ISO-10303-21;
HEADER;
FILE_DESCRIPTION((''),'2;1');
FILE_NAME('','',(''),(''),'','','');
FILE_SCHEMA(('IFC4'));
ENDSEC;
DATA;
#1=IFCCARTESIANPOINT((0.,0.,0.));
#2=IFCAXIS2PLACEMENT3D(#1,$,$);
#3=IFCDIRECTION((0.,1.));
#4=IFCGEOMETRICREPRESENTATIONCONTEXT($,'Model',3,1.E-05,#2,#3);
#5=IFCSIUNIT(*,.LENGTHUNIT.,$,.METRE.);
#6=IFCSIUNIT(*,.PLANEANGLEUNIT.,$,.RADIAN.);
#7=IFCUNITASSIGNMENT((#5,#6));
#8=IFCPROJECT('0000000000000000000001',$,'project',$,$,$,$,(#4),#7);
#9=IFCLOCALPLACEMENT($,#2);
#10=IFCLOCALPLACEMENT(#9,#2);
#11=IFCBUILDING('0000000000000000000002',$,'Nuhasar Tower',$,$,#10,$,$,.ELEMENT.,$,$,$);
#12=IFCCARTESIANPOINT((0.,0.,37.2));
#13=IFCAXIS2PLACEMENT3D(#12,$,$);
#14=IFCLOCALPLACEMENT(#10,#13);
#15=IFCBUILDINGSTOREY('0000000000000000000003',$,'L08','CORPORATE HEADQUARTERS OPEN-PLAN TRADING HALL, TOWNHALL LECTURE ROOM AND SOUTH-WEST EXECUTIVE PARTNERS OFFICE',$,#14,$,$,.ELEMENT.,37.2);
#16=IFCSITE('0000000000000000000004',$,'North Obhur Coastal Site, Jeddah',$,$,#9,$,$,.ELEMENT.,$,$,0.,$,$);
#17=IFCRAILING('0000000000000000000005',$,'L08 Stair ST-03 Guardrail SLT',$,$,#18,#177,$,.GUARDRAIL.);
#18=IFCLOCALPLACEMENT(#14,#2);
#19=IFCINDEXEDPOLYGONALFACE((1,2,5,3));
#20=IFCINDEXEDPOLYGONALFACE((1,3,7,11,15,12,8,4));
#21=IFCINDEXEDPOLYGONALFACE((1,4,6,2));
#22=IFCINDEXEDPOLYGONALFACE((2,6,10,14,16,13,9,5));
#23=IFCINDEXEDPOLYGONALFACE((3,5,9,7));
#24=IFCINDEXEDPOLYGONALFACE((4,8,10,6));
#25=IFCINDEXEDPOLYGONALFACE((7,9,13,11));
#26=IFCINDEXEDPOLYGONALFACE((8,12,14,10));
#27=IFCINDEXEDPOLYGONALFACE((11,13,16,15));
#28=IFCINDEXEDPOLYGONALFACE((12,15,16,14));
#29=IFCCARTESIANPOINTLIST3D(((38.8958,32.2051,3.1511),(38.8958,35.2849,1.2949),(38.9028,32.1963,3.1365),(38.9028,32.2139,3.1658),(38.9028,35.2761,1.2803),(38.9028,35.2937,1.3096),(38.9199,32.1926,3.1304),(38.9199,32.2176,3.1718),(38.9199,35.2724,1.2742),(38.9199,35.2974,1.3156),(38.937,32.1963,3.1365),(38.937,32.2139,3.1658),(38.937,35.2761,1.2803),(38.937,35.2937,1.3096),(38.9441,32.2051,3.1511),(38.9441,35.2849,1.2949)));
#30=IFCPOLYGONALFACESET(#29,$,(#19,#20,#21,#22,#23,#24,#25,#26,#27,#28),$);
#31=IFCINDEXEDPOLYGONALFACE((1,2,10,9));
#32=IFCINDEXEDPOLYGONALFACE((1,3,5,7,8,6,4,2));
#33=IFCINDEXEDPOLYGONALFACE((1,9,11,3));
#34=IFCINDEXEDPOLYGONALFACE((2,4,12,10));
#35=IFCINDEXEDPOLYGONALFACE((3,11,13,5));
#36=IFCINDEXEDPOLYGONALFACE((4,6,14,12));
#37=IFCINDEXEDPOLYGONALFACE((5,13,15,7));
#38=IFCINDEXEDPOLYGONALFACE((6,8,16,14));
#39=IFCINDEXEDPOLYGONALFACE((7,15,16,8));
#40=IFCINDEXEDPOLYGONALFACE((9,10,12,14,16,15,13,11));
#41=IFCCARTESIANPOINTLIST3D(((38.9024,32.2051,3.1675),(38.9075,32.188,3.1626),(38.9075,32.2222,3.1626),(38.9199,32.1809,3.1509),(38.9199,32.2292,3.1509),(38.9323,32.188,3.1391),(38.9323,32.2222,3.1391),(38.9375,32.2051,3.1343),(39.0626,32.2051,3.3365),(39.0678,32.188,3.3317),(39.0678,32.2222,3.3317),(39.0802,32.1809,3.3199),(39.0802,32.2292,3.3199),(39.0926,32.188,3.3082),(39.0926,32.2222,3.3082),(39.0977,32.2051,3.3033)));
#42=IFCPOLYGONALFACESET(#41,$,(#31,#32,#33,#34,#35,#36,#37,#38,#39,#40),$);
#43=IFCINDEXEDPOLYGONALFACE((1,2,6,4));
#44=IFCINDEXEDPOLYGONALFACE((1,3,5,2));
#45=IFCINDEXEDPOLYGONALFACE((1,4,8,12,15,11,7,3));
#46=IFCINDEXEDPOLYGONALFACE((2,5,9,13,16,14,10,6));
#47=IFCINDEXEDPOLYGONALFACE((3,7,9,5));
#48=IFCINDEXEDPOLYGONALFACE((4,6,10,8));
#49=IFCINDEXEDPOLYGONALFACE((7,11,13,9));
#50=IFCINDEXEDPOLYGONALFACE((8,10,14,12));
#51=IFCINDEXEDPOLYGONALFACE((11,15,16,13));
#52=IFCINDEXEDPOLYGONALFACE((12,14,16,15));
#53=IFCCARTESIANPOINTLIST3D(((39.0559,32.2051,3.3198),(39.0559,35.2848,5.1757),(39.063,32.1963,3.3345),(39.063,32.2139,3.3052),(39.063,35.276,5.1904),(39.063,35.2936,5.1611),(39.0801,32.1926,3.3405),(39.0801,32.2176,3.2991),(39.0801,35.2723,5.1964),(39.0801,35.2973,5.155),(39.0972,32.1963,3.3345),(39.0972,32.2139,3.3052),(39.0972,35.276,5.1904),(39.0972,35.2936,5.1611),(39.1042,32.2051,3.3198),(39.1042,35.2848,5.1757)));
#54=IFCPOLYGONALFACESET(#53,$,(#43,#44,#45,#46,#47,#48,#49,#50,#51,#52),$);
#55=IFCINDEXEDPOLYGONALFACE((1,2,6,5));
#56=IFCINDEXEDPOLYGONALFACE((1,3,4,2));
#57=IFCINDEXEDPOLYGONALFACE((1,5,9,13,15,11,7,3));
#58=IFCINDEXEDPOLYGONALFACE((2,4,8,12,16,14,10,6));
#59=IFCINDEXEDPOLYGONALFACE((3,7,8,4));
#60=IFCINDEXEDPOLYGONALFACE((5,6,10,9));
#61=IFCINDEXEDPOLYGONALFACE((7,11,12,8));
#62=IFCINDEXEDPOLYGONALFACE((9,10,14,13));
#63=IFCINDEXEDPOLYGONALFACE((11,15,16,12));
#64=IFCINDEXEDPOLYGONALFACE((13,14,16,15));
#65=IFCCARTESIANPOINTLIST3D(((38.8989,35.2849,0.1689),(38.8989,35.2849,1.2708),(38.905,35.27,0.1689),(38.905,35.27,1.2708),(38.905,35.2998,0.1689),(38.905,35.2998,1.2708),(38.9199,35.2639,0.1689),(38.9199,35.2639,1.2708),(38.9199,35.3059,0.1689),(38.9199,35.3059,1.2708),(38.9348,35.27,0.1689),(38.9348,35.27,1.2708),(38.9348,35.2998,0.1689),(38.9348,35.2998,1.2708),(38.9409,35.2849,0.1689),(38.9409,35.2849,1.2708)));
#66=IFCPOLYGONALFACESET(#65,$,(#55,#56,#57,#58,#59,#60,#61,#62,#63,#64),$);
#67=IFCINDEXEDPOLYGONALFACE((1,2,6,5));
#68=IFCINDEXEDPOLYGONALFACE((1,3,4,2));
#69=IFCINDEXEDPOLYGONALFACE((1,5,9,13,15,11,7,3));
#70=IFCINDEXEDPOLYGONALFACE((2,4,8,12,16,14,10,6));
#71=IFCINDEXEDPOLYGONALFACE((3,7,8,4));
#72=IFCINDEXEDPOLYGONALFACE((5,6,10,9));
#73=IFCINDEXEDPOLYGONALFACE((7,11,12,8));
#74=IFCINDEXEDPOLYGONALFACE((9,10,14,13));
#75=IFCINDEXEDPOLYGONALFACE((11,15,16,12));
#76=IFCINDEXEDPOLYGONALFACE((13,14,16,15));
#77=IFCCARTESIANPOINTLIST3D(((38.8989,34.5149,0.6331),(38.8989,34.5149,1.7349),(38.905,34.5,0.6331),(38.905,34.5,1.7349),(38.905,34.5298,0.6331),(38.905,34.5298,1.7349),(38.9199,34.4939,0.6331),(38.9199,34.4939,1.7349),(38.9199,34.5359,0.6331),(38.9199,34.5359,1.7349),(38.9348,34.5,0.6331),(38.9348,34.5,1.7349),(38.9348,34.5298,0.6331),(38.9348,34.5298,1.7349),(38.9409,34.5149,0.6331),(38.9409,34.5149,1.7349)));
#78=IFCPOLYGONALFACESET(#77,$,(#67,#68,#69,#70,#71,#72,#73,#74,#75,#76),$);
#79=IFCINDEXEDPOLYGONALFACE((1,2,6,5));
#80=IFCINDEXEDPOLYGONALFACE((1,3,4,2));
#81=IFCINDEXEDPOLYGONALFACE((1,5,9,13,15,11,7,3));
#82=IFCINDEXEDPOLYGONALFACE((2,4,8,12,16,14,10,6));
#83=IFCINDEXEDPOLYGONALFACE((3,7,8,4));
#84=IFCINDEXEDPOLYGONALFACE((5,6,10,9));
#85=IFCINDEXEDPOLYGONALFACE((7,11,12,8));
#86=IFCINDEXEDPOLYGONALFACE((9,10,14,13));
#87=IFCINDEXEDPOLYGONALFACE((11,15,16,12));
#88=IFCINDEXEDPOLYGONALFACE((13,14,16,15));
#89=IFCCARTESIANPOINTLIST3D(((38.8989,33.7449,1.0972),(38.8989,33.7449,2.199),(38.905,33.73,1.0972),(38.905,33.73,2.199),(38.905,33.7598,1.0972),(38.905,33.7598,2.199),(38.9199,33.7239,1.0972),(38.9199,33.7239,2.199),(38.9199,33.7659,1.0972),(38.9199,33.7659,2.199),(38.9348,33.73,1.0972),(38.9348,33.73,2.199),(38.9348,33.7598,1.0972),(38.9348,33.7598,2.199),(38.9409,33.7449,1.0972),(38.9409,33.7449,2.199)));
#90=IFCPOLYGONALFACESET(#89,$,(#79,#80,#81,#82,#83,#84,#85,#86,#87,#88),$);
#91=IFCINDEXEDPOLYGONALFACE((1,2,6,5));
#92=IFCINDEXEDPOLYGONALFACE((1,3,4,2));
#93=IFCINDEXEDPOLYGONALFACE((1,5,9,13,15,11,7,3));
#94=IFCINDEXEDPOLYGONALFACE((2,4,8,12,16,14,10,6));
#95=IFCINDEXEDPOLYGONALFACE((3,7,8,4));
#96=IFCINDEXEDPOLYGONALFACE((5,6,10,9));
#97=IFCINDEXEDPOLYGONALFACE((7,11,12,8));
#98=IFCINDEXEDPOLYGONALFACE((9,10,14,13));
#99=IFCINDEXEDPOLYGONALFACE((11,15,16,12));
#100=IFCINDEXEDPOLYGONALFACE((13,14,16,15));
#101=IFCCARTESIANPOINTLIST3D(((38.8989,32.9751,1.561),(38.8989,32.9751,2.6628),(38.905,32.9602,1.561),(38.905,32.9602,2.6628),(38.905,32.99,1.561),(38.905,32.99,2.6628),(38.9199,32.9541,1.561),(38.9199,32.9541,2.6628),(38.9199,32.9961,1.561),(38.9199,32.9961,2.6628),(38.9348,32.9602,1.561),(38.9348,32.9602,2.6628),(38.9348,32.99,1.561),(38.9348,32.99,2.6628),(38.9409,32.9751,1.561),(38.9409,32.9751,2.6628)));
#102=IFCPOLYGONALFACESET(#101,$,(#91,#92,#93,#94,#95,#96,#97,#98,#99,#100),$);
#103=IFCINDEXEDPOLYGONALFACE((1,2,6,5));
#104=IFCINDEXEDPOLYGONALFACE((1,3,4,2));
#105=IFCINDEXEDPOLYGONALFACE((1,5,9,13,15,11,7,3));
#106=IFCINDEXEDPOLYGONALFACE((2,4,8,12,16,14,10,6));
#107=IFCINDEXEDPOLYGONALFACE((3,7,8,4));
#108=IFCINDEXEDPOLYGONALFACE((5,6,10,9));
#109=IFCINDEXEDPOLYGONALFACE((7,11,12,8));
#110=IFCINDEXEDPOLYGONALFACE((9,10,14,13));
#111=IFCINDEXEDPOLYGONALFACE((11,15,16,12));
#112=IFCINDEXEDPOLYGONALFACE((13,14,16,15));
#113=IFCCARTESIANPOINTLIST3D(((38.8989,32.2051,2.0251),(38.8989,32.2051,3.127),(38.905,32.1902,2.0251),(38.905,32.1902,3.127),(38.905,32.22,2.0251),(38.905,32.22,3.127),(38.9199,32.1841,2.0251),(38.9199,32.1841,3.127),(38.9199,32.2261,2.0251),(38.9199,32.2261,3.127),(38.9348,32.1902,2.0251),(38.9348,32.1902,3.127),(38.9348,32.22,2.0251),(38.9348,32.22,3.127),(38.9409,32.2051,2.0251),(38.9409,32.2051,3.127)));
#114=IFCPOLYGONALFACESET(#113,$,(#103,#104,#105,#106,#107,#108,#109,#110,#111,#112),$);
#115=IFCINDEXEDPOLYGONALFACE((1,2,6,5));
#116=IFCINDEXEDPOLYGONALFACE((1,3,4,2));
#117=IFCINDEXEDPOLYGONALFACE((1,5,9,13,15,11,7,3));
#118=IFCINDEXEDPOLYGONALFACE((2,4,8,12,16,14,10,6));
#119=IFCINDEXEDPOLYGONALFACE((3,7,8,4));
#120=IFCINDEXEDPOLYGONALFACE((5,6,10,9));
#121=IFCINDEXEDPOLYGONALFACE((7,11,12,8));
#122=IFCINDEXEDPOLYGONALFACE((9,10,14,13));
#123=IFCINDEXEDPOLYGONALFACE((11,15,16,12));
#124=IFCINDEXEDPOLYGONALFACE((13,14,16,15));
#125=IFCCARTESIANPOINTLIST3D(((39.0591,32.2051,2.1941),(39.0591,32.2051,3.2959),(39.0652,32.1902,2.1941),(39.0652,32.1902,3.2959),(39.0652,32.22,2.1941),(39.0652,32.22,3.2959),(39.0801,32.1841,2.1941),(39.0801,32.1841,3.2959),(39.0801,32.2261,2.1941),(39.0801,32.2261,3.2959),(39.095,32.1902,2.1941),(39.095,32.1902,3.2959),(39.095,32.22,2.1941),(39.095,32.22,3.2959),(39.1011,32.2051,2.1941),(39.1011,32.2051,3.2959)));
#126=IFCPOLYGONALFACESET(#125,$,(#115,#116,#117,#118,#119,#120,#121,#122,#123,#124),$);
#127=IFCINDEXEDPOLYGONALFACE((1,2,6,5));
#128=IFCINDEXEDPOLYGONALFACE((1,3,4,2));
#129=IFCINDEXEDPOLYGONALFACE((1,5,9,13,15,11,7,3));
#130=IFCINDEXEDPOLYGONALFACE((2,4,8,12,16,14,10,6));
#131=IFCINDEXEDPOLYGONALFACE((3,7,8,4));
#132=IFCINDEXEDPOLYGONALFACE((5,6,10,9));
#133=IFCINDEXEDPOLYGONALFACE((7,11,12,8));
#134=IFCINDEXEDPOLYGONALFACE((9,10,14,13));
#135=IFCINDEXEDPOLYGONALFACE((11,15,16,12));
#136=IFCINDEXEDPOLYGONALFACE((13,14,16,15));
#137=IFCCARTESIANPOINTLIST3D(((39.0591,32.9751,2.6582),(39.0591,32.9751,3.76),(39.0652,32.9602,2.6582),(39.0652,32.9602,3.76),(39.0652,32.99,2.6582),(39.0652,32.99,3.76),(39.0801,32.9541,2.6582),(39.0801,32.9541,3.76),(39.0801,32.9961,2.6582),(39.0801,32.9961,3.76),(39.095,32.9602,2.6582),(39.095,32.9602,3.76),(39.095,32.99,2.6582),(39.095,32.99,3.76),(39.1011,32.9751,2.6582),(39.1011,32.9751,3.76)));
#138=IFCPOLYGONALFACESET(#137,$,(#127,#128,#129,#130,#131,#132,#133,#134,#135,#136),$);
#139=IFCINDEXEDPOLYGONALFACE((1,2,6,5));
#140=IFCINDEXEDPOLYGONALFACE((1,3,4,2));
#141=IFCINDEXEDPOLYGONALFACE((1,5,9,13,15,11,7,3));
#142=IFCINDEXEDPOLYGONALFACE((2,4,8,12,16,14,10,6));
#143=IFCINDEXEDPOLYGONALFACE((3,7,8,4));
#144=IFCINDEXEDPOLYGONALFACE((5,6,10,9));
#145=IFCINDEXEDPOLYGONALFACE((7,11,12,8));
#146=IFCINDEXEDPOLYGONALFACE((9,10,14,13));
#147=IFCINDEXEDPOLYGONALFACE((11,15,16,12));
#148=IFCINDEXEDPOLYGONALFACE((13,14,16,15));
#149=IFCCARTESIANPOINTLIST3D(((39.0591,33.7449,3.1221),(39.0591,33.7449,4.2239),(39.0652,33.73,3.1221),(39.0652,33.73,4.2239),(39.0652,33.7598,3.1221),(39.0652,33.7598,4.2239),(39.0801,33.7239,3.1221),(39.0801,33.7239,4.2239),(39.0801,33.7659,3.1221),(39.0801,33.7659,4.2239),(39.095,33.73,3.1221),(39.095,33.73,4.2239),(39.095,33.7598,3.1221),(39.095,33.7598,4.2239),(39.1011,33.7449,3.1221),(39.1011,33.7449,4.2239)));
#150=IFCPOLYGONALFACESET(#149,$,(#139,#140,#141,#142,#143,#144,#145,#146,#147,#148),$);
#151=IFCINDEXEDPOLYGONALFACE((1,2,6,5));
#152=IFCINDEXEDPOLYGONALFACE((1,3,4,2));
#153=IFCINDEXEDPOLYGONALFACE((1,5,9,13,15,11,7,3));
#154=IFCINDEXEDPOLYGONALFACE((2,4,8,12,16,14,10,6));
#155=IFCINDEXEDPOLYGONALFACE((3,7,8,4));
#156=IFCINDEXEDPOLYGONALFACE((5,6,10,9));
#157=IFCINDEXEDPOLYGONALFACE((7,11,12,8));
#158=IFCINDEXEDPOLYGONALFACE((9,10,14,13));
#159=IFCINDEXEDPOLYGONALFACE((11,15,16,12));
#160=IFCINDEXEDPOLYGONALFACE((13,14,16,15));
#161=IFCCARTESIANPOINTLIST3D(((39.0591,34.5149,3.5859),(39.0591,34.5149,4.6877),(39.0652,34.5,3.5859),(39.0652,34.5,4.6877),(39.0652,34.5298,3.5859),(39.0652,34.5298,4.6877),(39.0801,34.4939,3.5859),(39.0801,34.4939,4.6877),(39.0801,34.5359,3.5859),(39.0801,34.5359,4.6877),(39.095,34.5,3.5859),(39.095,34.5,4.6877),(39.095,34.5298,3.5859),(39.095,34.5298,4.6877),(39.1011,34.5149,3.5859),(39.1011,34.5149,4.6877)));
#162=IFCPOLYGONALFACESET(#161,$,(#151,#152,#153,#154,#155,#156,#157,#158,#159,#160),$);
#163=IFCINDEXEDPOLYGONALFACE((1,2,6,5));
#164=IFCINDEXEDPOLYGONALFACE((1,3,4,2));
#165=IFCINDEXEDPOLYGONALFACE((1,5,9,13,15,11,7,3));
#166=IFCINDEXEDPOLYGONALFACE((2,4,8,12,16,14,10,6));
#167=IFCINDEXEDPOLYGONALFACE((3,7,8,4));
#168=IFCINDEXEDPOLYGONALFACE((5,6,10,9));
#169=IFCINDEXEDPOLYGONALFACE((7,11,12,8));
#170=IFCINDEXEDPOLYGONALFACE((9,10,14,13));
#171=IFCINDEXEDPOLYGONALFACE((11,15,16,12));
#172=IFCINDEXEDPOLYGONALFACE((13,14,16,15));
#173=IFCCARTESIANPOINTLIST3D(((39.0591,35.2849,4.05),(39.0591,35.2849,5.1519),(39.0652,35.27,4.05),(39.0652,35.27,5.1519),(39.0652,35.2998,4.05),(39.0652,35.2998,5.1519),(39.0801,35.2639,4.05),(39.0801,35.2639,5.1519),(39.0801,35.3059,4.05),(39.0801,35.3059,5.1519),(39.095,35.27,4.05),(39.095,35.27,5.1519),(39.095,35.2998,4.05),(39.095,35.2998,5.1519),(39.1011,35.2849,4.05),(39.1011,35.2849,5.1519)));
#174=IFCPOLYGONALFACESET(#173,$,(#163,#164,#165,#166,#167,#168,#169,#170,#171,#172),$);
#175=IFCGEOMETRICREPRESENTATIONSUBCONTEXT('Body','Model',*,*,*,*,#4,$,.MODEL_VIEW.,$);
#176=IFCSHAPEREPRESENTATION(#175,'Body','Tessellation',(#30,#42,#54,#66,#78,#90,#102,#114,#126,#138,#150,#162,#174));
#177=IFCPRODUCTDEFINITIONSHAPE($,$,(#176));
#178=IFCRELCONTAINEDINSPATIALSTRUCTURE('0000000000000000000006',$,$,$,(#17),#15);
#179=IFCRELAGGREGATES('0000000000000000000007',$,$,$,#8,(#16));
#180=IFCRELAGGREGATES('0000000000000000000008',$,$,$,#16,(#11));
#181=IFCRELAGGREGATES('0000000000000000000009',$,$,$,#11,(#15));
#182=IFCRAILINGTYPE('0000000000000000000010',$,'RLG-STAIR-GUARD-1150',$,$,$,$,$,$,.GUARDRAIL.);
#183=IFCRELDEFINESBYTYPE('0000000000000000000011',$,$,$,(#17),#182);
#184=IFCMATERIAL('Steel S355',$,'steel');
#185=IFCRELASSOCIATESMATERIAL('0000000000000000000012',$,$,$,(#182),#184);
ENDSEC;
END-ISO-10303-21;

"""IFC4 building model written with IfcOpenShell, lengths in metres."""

from ifc_helpers import new_model, si_unit, direction, frame, origin, place, context, subcontext, project, spatial, polyline, outline, extrude, material, type_object, element, save


model = new_model("IFC4")

# Units and contexts
model_context = context("Model", 3, precision=1e-05, world=origin(), true_north=direction((0.0, 1.0)))
body_context = subcontext(model_context, "Body", "Model", "MODEL_VIEW")
ifc_project = project(units=[si_unit("LENGTHUNIT", "METRE"), si_unit("PLANEANGLEUNIT", "RADIAN")], contexts=[model_context])

# Site, building, storey
site_placement = place(None, origin())
site = spatial("IfcSite", under=ifc_project, at=site_placement, Name="North Obhur Coastal Site, Jeddah", CompositionType="ELEMENT", RefElevation=0.0)
building_placement = place(site_placement, origin())
building = spatial("IfcBuilding", under=site, at=building_placement, Name="Nuhasar Tower", CompositionType="ELEMENT")
storey_placement = place(building_placement, frame((0.0, 0.0, 37.2)))
storey = spatial("IfcBuildingStorey", under=building, at=storey_placement, Name="L08", Description="CORPORATE HEADQUARTERS OPEN-PLAN TRADING HALL, TOWNHALL LECTURE ROOM AND SOUTH-WEST EXECUTIVE PARTNERS OFFICE", CompositionType="ELEMENT", Elevation=37.2)

# Shared definitions
ifc_material_1 = material(Name="Steel S355", Category="steel")

# Railing
railing_type_1 = type_object("IfcRailingType", Name="RLG-STAIR-GUARD-1150", PredefinedType="GUARDRAIL", material=ifc_material_1)
railing_1_placement = place(storey_placement, frame((38.9199, 35.2849, 0.1689)))
element("IfcRailing", 1, at=railing_1_placement, inside=storey, type_object=railing_type_1, Name="L08 Stair ST-03 Guardrail SLT", PredefinedType="GUARDRAIL", context=body_context, shape_type="SweptSolid", body=[
    extrude(outline(polyline([(0.0242, 0.0), (0.0171, 0.0171), (0.0, 0.0242), (-0.0171, 0.0171), (-0.0242, 0.0), (-0.0171, -0.0171), (0.0, -0.0242), (0.0171, -0.0171), (0.0242, 0.0)])), frame((0.0, 0.0, 1.126), z_axis=(0.0, -0.856473, 0.516192), x_axis=(1.0, 0.0, 0.0)), (0.0, 0.0, 1.0), 3.5959),
    extrude(outline(polyline([(0.0242, 0.0), (0.0171, 0.0171), (0.0, 0.0242), (-0.0171, 0.0171), (-0.0242, 0.0), (-0.0171, -0.0171), (0.0, -0.0242), (0.0171, -0.0171), (0.0242, 0.0)])), frame((0.0, -3.0798, 2.9819), z_axis=(0.687977, 0.0, 0.725732), x_axis=(0.0, 1.0, 0.0)), (0.0, 0.0, 1.0), 0.2329),
    extrude(outline(polyline([(0.0242, 0.0), (0.0171, 0.0171), (0.0, 0.0242), (-0.0171, 0.0171), (-0.0242, 0.0), (-0.0171, -0.0171), (0.0, -0.0242), (0.0171, -0.0171), (0.0242, 0.0)])), frame((0.1602, -3.0798, 3.1509), z_axis=(0.0, 0.856503, 0.516142), x_axis=(-1.0, 0.0, 0.0)), (0.0, 0.0, 1.0), 3.5957),
    extrude(outline(polyline([(0.021, 0.0), (0.0149, 0.0149), (0.0, 0.021), (-0.0149, 0.0149), (-0.021, 0.0), (-0.0149, -0.0149), (0.0, -0.021), (0.0149, -0.0149), (0.021, 0.0)])), origin(), (0.0, 0.0, 1.0), 1.1018),
    extrude(outline(polyline([(0.021, 0.0), (0.0149, 0.0149), (0.0, 0.021), (-0.0149, 0.0149), (-0.021, 0.0), (-0.0149, -0.0149), (0.0, -0.021), (0.0149, -0.0149), (0.021, 0.0)])), frame((0.0, -0.77, 0.4641)), (0.0, 0.0, 1.0), 1.1018),
    extrude(outline(polyline([(0.021, 0.0), (0.0149, 0.0149), (0.0, 0.021), (-0.0149, 0.0149), (-0.021, 0.0), (-0.0149, -0.0149), (0.0, -0.021), (0.0149, -0.0149), (0.021, 0.0)])), frame((0.0, -1.54, 0.9282)), (0.0, 0.0, 1.0), 1.1018),
    extrude(outline(polyline([(0.021, 0.0), (0.0149, 0.0149), (0.0, 0.021), (-0.0149, 0.0149), (-0.021, 0.0), (-0.0149, -0.0149), (0.0, -0.021), (0.0149, -0.0149), (0.021, 0.0)])), frame((0.0, -2.3098, 1.3921)), (0.0, 0.0, 1.0), 1.1018),
    extrude(outline(polyline([(0.021, 0.0), (0.0149, 0.0149), (0.0, 0.021), (-0.0149, 0.0149), (-0.021, 0.0), (-0.0149, -0.0149), (0.0, -0.021), (0.0149, -0.0149), (0.021, 0.0)])), frame((0.0, -3.0798, 1.8562)), (0.0, 0.0, 1.0), 1.1018),
    extrude(outline(polyline([(0.021, 0.0), (0.0149, 0.0149), (0.0, 0.021), (-0.0149, 0.0149), (-0.021, 0.0), (-0.0149, -0.0149), (0.0, -0.021), (0.0149, -0.0149), (0.021, 0.0)])), frame((0.1602, -3.0798, 2.0251)), (0.0, 0.0, 1.0), 1.1018),
    extrude(outline(polyline([(0.021, 0.0), (0.0149, 0.0149), (0.0, 0.021), (-0.0149, 0.0149), (-0.021, 0.0), (-0.0149, -0.0149), (0.0, -0.021), (0.0149, -0.0149), (0.021, 0.0)])), frame((0.1602, -2.3098, 2.4893)), (0.0, 0.0, 1.0), 1.1018),
    extrude(outline(polyline([(0.021, 0.0), (0.0149, 0.0149), (0.0, 0.021), (-0.0149, 0.0149), (-0.021, 0.0), (-0.0149, -0.0149), (0.0, -0.021), (0.0149, -0.0149), (0.021, 0.0)])), frame((0.1602, -1.54, 2.9531)), (0.0, 0.0, 1.0), 1.1018),
    extrude(outline(polyline([(0.021, 0.0), (0.0149, 0.0149), (0.0, 0.021), (-0.0149, 0.0149), (-0.021, 0.0), (-0.0149, -0.0149), (0.0, -0.021), (0.0149, -0.0149), (0.021, 0.0)])), frame((0.1602, -0.77, 3.417)), (0.0, 0.0, 1.0), 1.1018),
    extrude(outline(polyline([(0.021, 0.0), (0.0149, 0.0149), (0.0, 0.021), (-0.0149, 0.0149), (-0.021, 0.0), (-0.0149, -0.0149), (0.0, -0.021), (0.0149, -0.0149), (0.021, 0.0)])), frame((0.1602, 0.0, 3.8811)), (0.0, 0.0, 1.0), 1.1018),
])

save(model, "model.ifc")
